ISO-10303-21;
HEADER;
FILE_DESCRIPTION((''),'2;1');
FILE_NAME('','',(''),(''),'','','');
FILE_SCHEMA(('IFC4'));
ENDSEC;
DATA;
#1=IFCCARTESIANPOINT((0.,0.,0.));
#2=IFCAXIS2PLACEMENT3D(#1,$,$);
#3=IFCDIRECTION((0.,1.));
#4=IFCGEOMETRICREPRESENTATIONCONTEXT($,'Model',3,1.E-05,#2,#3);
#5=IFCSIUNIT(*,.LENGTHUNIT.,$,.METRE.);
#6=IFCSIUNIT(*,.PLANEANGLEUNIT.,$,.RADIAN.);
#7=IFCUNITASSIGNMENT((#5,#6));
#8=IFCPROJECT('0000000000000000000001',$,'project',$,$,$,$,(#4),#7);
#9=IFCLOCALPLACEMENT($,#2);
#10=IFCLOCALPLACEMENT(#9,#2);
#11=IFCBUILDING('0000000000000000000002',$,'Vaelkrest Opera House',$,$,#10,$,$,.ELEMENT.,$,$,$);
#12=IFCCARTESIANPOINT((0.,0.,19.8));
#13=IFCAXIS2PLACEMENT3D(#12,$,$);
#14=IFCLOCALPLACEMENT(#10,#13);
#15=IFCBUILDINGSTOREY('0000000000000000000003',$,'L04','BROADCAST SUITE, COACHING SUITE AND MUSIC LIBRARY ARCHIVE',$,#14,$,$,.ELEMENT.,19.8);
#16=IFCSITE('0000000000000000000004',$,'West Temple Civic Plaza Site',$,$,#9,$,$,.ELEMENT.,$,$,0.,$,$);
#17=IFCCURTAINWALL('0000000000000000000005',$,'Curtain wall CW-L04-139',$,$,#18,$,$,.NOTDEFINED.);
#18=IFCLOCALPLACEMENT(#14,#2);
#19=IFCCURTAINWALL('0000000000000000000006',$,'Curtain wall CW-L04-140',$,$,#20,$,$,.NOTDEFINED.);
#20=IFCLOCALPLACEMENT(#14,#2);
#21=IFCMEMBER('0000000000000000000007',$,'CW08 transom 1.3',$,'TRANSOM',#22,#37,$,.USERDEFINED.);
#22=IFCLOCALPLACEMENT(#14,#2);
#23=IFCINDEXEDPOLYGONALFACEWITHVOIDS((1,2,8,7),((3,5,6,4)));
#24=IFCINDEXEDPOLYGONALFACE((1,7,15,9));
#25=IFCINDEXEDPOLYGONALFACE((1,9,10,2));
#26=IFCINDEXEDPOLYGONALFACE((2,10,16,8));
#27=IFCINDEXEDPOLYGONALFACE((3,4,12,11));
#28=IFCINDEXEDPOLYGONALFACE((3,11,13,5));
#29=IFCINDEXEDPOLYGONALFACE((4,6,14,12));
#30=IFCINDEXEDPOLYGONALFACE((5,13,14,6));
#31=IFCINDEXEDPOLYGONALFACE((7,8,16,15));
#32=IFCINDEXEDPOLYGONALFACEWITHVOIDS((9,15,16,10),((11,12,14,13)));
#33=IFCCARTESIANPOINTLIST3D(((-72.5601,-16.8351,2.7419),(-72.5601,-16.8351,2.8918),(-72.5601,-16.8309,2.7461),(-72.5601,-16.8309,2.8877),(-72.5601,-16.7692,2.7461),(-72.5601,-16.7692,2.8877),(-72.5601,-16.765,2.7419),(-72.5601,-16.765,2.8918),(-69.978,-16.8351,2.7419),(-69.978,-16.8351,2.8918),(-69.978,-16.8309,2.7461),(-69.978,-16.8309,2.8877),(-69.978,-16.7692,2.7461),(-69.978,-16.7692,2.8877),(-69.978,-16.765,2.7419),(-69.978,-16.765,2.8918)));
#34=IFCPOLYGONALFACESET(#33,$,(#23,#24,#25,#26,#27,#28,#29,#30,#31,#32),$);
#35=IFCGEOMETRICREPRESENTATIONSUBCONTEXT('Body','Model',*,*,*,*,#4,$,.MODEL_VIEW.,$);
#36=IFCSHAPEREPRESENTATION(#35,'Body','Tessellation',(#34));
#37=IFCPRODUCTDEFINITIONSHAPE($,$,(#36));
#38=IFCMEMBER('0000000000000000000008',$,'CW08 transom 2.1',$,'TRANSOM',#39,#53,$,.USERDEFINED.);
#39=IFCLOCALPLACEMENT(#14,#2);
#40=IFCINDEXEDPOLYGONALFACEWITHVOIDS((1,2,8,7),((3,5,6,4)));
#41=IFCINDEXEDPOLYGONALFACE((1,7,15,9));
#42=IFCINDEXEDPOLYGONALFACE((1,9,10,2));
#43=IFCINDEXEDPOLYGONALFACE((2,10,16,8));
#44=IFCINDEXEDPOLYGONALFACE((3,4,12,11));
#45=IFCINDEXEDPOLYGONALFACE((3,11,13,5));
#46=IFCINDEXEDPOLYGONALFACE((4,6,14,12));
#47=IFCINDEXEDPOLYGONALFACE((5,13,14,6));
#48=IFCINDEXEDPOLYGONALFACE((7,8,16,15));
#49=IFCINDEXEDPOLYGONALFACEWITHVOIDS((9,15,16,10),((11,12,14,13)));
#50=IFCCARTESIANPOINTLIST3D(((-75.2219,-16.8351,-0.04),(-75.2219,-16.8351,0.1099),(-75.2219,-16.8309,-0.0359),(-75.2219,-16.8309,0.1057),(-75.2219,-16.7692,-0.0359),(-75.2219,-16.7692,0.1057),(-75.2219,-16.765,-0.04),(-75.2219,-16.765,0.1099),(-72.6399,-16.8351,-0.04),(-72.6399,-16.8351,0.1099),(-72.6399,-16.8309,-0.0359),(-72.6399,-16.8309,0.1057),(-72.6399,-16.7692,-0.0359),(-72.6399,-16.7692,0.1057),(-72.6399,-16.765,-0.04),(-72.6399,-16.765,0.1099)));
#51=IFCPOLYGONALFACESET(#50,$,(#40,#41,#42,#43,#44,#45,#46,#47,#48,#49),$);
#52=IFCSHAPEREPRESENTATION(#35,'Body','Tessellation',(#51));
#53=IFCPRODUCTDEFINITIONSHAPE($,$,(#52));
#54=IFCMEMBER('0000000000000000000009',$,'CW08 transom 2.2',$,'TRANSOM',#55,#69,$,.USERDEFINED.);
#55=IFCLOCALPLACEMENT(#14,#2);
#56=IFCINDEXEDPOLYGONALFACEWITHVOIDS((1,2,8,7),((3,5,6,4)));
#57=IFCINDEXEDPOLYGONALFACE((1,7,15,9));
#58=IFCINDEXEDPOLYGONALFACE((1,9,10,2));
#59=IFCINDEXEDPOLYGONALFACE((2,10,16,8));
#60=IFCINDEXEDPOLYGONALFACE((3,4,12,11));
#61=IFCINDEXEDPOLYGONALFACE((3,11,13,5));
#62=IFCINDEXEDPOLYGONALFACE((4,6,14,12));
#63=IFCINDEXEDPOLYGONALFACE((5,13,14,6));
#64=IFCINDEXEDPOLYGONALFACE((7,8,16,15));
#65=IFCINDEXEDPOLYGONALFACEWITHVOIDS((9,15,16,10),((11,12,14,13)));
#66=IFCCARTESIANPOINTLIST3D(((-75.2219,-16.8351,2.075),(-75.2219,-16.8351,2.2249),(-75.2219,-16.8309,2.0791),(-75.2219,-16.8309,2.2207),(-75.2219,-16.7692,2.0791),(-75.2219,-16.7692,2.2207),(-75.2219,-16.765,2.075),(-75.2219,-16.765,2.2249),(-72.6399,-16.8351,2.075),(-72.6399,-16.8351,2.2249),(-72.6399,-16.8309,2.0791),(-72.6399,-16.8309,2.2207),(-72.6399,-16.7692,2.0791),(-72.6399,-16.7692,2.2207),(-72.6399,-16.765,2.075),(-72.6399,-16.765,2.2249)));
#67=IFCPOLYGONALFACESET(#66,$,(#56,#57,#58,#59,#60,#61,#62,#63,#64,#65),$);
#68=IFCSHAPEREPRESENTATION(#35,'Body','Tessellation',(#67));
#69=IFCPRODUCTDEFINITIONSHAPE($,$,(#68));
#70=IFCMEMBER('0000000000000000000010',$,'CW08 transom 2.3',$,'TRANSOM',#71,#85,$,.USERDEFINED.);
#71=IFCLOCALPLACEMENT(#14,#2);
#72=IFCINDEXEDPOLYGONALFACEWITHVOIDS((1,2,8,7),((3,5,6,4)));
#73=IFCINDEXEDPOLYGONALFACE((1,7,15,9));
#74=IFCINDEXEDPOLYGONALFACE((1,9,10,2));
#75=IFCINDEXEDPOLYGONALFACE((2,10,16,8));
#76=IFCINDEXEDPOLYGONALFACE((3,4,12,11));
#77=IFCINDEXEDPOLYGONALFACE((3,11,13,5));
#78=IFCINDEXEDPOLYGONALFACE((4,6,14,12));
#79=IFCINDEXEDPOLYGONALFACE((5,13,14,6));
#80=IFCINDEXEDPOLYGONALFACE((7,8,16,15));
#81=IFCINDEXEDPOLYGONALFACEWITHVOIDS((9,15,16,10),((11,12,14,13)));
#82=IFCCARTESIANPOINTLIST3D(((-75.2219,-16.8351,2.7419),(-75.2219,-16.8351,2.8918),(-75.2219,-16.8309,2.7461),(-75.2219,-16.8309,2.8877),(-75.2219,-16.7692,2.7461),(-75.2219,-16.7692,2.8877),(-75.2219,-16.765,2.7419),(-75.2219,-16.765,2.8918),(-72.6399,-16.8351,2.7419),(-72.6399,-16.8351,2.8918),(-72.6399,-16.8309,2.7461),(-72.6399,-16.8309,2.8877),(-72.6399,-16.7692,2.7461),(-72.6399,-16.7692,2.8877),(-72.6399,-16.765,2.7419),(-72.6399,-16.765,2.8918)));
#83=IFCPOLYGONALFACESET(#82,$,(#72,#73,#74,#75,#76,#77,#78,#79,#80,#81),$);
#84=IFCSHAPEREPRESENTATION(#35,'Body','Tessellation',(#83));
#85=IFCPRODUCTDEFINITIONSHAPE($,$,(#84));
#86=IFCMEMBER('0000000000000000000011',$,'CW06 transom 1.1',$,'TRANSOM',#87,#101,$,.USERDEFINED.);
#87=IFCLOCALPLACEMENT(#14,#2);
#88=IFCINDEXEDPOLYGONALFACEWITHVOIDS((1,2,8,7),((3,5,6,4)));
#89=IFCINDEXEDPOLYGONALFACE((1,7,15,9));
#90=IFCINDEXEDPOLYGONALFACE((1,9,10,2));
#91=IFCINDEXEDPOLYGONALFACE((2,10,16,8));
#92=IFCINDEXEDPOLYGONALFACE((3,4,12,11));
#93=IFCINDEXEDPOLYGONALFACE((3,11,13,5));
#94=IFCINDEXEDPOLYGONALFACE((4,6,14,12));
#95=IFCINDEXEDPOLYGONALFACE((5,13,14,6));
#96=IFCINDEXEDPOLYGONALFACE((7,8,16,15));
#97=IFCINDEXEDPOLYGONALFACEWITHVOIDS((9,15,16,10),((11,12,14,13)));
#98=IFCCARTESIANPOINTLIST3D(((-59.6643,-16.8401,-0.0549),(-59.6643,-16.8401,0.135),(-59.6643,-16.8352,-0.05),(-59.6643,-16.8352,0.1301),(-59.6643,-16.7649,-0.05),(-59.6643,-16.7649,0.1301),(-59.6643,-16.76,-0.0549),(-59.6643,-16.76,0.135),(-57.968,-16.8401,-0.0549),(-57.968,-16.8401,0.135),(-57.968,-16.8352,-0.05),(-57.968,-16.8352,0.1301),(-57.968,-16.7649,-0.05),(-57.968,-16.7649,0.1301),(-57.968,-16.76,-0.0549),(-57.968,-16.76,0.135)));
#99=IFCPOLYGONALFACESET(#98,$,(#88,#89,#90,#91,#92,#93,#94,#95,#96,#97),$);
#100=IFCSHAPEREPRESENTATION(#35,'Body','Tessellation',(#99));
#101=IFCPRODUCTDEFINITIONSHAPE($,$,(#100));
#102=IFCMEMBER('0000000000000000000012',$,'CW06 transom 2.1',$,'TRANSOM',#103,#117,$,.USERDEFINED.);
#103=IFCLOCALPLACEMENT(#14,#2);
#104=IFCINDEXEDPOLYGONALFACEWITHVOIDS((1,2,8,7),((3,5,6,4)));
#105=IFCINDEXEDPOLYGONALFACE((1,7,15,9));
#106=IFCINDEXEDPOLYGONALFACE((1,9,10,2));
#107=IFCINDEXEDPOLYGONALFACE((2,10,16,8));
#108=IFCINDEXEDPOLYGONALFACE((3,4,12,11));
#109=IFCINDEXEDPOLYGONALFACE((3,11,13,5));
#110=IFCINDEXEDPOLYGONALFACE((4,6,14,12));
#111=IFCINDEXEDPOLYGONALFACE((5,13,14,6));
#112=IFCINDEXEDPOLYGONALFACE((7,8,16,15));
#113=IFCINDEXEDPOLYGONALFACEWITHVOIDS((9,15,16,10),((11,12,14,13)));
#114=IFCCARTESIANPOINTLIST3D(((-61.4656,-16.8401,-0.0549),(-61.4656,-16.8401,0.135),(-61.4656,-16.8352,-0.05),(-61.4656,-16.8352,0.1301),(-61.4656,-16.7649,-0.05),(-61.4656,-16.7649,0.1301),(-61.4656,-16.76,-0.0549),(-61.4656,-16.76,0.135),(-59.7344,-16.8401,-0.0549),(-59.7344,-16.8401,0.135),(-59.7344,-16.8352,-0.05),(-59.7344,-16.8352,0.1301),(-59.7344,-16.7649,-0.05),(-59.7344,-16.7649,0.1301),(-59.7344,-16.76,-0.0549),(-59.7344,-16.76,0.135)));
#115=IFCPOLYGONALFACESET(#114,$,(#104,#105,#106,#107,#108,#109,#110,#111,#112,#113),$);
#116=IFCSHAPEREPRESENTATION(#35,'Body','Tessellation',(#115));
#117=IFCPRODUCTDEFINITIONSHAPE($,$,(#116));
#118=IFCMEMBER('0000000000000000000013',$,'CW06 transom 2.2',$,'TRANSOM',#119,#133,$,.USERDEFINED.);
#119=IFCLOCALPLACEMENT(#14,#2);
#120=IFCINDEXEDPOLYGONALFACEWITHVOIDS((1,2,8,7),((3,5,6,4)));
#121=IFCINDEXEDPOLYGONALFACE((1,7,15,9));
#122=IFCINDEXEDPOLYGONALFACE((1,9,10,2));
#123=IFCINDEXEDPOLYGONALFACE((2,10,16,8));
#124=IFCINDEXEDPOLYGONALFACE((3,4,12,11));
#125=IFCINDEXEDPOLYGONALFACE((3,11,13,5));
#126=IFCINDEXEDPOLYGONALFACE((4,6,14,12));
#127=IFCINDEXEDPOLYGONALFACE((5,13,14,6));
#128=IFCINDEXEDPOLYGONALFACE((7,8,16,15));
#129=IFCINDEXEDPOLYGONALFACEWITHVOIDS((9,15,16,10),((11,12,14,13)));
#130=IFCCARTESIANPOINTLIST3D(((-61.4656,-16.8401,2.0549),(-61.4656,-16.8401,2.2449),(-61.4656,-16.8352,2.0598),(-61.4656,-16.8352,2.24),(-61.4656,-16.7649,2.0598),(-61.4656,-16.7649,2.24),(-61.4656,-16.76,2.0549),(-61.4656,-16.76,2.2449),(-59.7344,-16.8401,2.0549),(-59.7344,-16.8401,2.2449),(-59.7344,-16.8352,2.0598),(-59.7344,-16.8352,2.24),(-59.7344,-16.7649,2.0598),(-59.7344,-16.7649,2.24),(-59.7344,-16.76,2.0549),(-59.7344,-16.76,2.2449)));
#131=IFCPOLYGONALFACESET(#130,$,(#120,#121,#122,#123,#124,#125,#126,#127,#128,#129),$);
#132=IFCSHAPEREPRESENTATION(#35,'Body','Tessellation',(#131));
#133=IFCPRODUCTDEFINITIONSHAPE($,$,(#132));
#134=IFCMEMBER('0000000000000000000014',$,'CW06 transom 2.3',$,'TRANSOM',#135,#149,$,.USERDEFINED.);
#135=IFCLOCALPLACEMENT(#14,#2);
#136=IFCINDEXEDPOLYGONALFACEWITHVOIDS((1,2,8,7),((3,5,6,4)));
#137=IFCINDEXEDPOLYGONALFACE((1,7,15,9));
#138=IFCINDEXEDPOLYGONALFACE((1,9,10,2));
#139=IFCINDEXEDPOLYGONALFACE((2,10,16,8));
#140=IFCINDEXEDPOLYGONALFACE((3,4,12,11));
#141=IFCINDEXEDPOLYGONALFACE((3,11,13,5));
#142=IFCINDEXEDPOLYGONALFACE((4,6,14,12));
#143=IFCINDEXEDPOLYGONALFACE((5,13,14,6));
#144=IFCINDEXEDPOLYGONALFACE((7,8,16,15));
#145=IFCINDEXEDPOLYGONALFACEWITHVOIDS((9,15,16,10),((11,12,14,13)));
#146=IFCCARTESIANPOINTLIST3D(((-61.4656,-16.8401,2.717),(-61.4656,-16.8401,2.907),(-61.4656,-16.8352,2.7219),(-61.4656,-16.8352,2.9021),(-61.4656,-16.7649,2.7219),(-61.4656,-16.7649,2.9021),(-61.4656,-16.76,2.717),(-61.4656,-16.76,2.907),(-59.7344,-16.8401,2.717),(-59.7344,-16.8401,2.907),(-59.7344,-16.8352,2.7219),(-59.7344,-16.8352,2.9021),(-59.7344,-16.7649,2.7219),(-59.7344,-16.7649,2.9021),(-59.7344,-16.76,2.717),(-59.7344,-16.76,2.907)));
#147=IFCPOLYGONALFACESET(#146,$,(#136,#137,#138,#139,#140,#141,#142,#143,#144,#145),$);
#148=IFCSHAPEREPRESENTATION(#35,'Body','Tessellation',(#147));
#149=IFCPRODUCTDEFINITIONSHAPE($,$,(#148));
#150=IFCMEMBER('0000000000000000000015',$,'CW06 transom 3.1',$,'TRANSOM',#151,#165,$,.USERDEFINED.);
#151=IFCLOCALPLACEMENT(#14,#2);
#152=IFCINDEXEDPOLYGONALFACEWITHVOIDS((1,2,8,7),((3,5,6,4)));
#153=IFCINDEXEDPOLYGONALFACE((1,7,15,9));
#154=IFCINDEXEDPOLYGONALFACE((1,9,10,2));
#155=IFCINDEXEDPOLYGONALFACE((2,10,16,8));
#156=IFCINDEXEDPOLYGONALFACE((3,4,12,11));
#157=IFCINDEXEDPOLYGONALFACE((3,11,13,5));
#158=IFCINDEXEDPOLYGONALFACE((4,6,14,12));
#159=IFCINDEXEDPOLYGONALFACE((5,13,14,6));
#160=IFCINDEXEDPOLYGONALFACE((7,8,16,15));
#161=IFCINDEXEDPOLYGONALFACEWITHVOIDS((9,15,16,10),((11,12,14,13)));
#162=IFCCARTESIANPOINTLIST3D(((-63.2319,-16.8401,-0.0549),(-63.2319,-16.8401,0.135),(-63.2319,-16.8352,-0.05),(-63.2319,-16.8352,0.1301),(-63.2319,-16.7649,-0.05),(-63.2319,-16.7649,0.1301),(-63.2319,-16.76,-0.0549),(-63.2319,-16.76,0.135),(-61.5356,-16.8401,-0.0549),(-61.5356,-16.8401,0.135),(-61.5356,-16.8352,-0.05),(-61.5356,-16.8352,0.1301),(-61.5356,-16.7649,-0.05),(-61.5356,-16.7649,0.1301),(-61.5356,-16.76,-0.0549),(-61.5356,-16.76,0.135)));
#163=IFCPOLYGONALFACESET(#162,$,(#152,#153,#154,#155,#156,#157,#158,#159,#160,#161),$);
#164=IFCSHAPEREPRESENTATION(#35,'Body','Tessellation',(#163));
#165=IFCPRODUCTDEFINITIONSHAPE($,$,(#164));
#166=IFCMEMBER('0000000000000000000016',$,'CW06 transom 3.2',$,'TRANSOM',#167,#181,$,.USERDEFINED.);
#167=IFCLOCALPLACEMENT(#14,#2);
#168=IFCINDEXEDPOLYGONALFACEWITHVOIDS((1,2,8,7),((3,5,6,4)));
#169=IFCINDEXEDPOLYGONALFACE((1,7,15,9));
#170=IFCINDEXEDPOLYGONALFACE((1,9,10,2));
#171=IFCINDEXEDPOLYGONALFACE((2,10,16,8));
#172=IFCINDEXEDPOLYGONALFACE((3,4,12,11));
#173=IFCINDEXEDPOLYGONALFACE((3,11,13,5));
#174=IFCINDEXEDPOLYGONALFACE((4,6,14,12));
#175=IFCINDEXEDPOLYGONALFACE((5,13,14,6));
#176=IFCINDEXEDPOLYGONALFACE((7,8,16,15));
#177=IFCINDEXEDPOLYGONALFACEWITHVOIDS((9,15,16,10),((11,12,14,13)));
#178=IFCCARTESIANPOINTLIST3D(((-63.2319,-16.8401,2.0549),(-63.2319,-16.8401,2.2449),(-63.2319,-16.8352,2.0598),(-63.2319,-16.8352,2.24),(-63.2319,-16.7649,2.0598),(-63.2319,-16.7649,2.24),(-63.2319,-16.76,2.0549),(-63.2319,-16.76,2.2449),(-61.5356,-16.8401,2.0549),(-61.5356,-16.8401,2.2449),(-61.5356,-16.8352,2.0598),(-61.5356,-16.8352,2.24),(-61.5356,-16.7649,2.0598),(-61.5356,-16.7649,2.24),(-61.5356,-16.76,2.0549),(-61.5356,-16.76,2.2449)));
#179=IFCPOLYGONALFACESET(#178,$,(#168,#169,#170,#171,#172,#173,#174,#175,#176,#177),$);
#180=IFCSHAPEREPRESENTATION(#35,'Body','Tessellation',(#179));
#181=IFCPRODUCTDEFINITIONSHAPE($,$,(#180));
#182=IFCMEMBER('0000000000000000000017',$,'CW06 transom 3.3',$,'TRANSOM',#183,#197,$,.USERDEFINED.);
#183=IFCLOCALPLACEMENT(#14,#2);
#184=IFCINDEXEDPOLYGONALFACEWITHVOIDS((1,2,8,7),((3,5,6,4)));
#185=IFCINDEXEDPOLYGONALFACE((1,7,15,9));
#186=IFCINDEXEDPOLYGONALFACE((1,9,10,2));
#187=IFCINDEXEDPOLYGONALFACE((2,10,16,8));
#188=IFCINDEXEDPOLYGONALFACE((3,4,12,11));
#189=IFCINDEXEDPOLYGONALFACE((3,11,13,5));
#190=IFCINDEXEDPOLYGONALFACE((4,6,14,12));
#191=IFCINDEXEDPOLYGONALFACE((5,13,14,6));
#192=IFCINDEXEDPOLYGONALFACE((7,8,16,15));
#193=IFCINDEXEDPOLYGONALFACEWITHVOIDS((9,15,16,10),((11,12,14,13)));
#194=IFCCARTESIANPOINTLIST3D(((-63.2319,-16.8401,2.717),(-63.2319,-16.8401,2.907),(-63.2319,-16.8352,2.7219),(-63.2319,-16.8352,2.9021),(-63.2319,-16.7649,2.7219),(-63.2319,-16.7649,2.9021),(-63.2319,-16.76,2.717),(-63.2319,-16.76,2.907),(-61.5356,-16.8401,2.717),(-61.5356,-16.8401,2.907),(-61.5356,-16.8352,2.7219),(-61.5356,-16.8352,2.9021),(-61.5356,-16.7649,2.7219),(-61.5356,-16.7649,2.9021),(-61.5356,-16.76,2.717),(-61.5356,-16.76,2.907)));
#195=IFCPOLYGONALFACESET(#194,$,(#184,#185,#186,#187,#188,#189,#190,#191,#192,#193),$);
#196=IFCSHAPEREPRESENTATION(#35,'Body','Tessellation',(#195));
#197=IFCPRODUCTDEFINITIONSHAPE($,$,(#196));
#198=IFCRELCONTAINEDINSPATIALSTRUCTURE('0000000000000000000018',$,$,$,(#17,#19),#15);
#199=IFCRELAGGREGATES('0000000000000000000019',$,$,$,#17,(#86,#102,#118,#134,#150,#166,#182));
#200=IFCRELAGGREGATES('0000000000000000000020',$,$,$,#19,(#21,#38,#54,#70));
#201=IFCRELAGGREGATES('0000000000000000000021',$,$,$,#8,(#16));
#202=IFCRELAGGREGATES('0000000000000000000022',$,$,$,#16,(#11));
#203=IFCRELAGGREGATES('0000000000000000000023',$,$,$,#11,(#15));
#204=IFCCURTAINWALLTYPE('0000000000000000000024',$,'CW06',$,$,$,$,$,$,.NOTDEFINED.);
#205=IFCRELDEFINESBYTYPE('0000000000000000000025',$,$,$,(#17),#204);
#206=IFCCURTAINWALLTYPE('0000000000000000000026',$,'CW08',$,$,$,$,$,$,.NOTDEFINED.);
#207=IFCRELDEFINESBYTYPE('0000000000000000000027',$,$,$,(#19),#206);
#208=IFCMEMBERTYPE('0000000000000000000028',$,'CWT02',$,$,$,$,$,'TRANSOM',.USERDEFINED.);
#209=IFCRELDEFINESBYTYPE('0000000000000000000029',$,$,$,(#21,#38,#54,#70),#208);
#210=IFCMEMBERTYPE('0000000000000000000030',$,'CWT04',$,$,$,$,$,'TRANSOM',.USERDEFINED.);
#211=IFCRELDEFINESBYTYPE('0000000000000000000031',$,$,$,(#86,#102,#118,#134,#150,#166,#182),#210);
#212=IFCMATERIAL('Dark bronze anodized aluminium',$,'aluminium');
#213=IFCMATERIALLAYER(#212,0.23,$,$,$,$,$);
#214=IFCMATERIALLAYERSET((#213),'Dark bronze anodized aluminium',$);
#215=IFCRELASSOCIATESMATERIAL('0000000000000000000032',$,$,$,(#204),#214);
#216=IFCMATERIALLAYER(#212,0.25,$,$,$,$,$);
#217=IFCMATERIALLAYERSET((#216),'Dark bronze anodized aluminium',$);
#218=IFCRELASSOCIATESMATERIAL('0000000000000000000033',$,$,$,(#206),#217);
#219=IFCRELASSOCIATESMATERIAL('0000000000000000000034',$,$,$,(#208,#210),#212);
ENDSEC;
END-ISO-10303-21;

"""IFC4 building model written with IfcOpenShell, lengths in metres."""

from ifc_helpers import new_model, si_unit, direction, frame, origin, origin_2d, place, context, subcontext, project, spatial, hollow_rectangle, extrude, material, layer, layer_set, material_profile, profile_set, type_object, element, aggregate, save


model = new_model("IFC4")

# Units and contexts
model_context = context("Model", 3, precision=1e-05, world=origin(), true_north=direction((0.0, 1.0)))
body_context = subcontext(model_context, "Body", "Model", "MODEL_VIEW")
ifc_project = project(units=[si_unit("LENGTHUNIT", "METRE"), si_unit("PLANEANGLEUNIT", "RADIAN")], contexts=[model_context])

# Site, building, storey
site_placement = place(None, origin())
site = spatial("IfcSite", under=ifc_project, at=site_placement, Name="West Temple Civic Plaza Site", CompositionType="ELEMENT", RefElevation=0.0)
building_placement = place(site_placement, origin())
building = spatial("IfcBuilding", under=site, at=building_placement, Name="Vaelkrest Opera House", CompositionType="ELEMENT")
storey_placement = place(building_placement, frame((0.0, 0.0, 19.8)))
storey = spatial("IfcBuildingStorey", under=building, at=storey_placement, Name="L04", Description="BROADCAST SUITE, COACHING SUITE AND MUSIC LIBRARY ARCHIVE", CompositionType="ELEMENT", Elevation=19.8)

# Curtain walls, members
ifc_material_1 = material(Name="Dark bronze anodized aluminium", Category="aluminium")
ifc_layer_1 = layer(ifc_material_1, 0.23)
ifc_layer_set_1 = layer_set([ifc_layer_1], Name="Dark bronze anodized aluminium")
curtain_wall_type_1 = type_object("IfcCurtainWallType", Name="CW06", PredefinedType="NOTDEFINED", material=ifc_layer_set_1)
curtain_wall_1_placement = place(storey_placement, origin())
curtain_wall_1 = element("IfcCurtainWall", 1, at=curtain_wall_1_placement, inside=storey, type_object=curtain_wall_type_1, Name="Curtain wall CW-L04-139", PredefinedType="NOTDEFINED")
ifc_layer_2 = layer(ifc_material_1, 0.25)
ifc_layer_set_2 = layer_set([ifc_layer_2], Name="Dark bronze anodized aluminium")
curtain_wall_type_2 = type_object("IfcCurtainWallType", Name="CW08", PredefinedType="NOTDEFINED", material=ifc_layer_set_2)
curtain_wall_2_placement = place(storey_placement, origin())
curtain_wall_2 = element("IfcCurtainWall", 2, at=curtain_wall_2_placement, inside=storey, type_object=curtain_wall_type_2, Name="Curtain wall CW-L04-140", PredefinedType="NOTDEFINED")
ifc_material_profile_1 = material_profile(ifc_material_1, hollow_rectangle(XDim=0.0701, YDim=0.1499, WallThickness=0.0042, at=origin_2d()), Name="CWT70X150")
ifc_profile_set_1 = profile_set([ifc_material_profile_1], Name="Dark bronze anodized aluminium")
member_type_1 = type_object("IfcMemberType", Name="CWT02", ElementType="TRANSOM", PredefinedType="USERDEFINED", material=ifc_profile_set_1)
member_1_placement = place(storey_placement, frame((-69.978, -16.8, 2.8169), z_axis=(-1.0, 0.0, 0.0), x_axis=(0.0, -1.0, 0.0)))
member_1 = element("IfcMember", 3, at=member_1_placement, type_object=member_type_1, Name="CW08 transom 1.3", ObjectType="TRANSOM", PredefinedType="USERDEFINED", context=body_context, shape_type="SweptSolid", body=[
    extrude(hollow_rectangle(XDim=0.0701, YDim=0.1499, WallThickness=0.0042, at=origin_2d()), origin(), (0.0, 0.0, 1.0), 2.582),
])
member_2_placement = place(storey_placement, frame((-72.6399, -16.8, 0.0349), z_axis=(-1.0, 0.0, 0.0), x_axis=(0.0, -1.0, 0.0)))
member_2 = element("IfcMember", 4, at=member_2_placement, type_object=member_type_1, Name="CW08 transom 2.1", ObjectType="TRANSOM", PredefinedType="USERDEFINED", context=body_context, shape_type="SweptSolid", body=[
    extrude(hollow_rectangle(XDim=0.0701, YDim=0.1499, WallThickness=0.0042, at=origin_2d()), origin(), (0.0, 0.0, 1.0), 2.582),
])
member_3_placement = place(storey_placement, frame((-72.6399, -16.8, 2.1499), z_axis=(-1.0, 0.0, 0.0), x_axis=(0.0, -1.0, 0.0)))
member_3 = element("IfcMember", 5, at=member_3_placement, type_object=member_type_1, Name="CW08 transom 2.2", ObjectType="TRANSOM", PredefinedType="USERDEFINED", context=body_context, shape_type="SweptSolid", body=[
    extrude(hollow_rectangle(XDim=0.0701, YDim=0.1499, WallThickness=0.0042, at=origin_2d()), origin(), (0.0, 0.0, 1.0), 2.582),
])
member_4_placement = place(storey_placement, frame((-72.6399, -16.8, 2.8169), z_axis=(-1.0, 0.0, 0.0), x_axis=(0.0, -1.0, 0.0)))
member_4 = element("IfcMember", 6, at=member_4_placement, type_object=member_type_1, Name="CW08 transom 2.3", ObjectType="TRANSOM", PredefinedType="USERDEFINED", context=body_context, shape_type="SweptSolid", body=[
    extrude(hollow_rectangle(XDim=0.0701, YDim=0.1499, WallThickness=0.0042, at=origin_2d()), origin(), (0.0, 0.0, 1.0), 2.582),
])

# Members
ifc_material_profile_2 = material_profile(ifc_material_1, hollow_rectangle(XDim=0.0801, YDim=0.1899, WallThickness=0.0049, at=origin_2d()), Name="CWT80X190")
ifc_profile_set_2 = profile_set([ifc_material_profile_2], Name="Dark bronze anodized aluminium")
member_type_2 = type_object("IfcMemberType", Name="CWT04", ElementType="TRANSOM", PredefinedType="USERDEFINED", material=ifc_profile_set_2)
member_5_placement = place(storey_placement, frame((-57.968, -16.8, 0.04), z_axis=(-1.0, 0.0, 0.0), x_axis=(0.0, -1.0, 0.0)))
member_5 = element("IfcMember", 7, at=member_5_placement, type_object=member_type_2, Name="CW06 transom 1.1", ObjectType="TRANSOM", PredefinedType="USERDEFINED", context=body_context, shape_type="SweptSolid", body=[
    extrude(hollow_rectangle(XDim=0.0801, YDim=0.1899, WallThickness=0.0049, at=origin_2d()), origin(), (0.0, 0.0, 1.0), 1.6963),
])
member_6_placement = place(storey_placement, frame((-59.7344, -16.8, 0.04), z_axis=(-1.0, 0.0, 0.0), x_axis=(0.0, -1.0, 0.0)))
member_6 = element("IfcMember", 8, at=member_6_placement, type_object=member_type_2, Name="CW06 transom 2.1", ObjectType="TRANSOM", PredefinedType="USERDEFINED", context=body_context, shape_type="SweptSolid", body=[
    extrude(hollow_rectangle(XDim=0.0801, YDim=0.1899, WallThickness=0.0049, at=origin_2d()), origin(), (0.0, 0.0, 1.0), 1.7312),
])
member_7_placement = place(storey_placement, frame((-59.7344, -16.8, 2.1499), z_axis=(-1.0, 0.0, 0.0), x_axis=(0.0, -1.0, 0.0)))
member_7 = element("IfcMember", 9, at=member_7_placement, type_object=member_type_2, Name="CW06 transom 2.2", ObjectType="TRANSOM", PredefinedType="USERDEFINED", context=body_context, shape_type="SweptSolid", body=[
    extrude(hollow_rectangle(XDim=0.0801, YDim=0.1899, WallThickness=0.0049, at=origin_2d()), origin(), (0.0, 0.0, 1.0), 1.7312),
])
member_8_placement = place(storey_placement, frame((-59.7344, -16.8, 2.812), z_axis=(-1.0, 0.0, 0.0), x_axis=(0.0, -1.0, 0.0)))
member_8 = element("IfcMember", 10, at=member_8_placement, type_object=member_type_2, Name="CW06 transom 2.3", ObjectType="TRANSOM", PredefinedType="USERDEFINED", context=body_context, shape_type="SweptSolid", body=[
    extrude(hollow_rectangle(XDim=0.0801, YDim=0.1899, WallThickness=0.0049, at=origin_2d()), origin(), (0.0, 0.0, 1.0), 1.7312),
])
member_9_placement = place(storey_placement, frame((-61.5356, -16.8, 0.04), z_axis=(-1.0, 0.0, 0.0), x_axis=(0.0, -1.0, 0.0)))
member_9 = element("IfcMember", 11, at=member_9_placement, type_object=member_type_2, Name="CW06 transom 3.1", ObjectType="TRANSOM", PredefinedType="USERDEFINED", context=body_context, shape_type="SweptSolid", body=[
    extrude(hollow_rectangle(XDim=0.0801, YDim=0.1899, WallThickness=0.0049, at=origin_2d()), origin(), (0.0, 0.0, 1.0), 1.6963),
])
member_10_placement = place(storey_placement, frame((-61.5356, -16.8, 2.1499), z_axis=(-1.0, 0.0, 0.0), x_axis=(0.0, -1.0, 0.0)))
member_10 = element("IfcMember", 12, at=member_10_placement, type_object=member_type_2, Name="CW06 transom 3.2", ObjectType="TRANSOM", PredefinedType="USERDEFINED", context=body_context, shape_type="SweptSolid", body=[
    extrude(hollow_rectangle(XDim=0.0801, YDim=0.1899, WallThickness=0.0049, at=origin_2d()), origin(), (0.0, 0.0, 1.0), 1.6963),
])
member_11_placement = place(storey_placement, frame((-61.5356, -16.8, 2.812), z_axis=(-1.0, 0.0, 0.0), x_axis=(0.0, -1.0, 0.0)))
member_11 = element("IfcMember", 13, at=member_11_placement, type_object=member_type_2, Name="CW06 transom 3.3", ObjectType="TRANSOM", PredefinedType="USERDEFINED", context=body_context, shape_type="SweptSolid", body=[
    extrude(hollow_rectangle(XDim=0.0801, YDim=0.1899, WallThickness=0.0049, at=origin_2d()), origin(), (0.0, 0.0, 1.0), 1.6963),
])

aggregate(curtain_wall_1, [member_5, member_6, member_7, member_8, member_9, member_10, member_11])
aggregate(curtain_wall_2, [member_1, member_2, member_3, member_4])

save(model, "model.ifc")
